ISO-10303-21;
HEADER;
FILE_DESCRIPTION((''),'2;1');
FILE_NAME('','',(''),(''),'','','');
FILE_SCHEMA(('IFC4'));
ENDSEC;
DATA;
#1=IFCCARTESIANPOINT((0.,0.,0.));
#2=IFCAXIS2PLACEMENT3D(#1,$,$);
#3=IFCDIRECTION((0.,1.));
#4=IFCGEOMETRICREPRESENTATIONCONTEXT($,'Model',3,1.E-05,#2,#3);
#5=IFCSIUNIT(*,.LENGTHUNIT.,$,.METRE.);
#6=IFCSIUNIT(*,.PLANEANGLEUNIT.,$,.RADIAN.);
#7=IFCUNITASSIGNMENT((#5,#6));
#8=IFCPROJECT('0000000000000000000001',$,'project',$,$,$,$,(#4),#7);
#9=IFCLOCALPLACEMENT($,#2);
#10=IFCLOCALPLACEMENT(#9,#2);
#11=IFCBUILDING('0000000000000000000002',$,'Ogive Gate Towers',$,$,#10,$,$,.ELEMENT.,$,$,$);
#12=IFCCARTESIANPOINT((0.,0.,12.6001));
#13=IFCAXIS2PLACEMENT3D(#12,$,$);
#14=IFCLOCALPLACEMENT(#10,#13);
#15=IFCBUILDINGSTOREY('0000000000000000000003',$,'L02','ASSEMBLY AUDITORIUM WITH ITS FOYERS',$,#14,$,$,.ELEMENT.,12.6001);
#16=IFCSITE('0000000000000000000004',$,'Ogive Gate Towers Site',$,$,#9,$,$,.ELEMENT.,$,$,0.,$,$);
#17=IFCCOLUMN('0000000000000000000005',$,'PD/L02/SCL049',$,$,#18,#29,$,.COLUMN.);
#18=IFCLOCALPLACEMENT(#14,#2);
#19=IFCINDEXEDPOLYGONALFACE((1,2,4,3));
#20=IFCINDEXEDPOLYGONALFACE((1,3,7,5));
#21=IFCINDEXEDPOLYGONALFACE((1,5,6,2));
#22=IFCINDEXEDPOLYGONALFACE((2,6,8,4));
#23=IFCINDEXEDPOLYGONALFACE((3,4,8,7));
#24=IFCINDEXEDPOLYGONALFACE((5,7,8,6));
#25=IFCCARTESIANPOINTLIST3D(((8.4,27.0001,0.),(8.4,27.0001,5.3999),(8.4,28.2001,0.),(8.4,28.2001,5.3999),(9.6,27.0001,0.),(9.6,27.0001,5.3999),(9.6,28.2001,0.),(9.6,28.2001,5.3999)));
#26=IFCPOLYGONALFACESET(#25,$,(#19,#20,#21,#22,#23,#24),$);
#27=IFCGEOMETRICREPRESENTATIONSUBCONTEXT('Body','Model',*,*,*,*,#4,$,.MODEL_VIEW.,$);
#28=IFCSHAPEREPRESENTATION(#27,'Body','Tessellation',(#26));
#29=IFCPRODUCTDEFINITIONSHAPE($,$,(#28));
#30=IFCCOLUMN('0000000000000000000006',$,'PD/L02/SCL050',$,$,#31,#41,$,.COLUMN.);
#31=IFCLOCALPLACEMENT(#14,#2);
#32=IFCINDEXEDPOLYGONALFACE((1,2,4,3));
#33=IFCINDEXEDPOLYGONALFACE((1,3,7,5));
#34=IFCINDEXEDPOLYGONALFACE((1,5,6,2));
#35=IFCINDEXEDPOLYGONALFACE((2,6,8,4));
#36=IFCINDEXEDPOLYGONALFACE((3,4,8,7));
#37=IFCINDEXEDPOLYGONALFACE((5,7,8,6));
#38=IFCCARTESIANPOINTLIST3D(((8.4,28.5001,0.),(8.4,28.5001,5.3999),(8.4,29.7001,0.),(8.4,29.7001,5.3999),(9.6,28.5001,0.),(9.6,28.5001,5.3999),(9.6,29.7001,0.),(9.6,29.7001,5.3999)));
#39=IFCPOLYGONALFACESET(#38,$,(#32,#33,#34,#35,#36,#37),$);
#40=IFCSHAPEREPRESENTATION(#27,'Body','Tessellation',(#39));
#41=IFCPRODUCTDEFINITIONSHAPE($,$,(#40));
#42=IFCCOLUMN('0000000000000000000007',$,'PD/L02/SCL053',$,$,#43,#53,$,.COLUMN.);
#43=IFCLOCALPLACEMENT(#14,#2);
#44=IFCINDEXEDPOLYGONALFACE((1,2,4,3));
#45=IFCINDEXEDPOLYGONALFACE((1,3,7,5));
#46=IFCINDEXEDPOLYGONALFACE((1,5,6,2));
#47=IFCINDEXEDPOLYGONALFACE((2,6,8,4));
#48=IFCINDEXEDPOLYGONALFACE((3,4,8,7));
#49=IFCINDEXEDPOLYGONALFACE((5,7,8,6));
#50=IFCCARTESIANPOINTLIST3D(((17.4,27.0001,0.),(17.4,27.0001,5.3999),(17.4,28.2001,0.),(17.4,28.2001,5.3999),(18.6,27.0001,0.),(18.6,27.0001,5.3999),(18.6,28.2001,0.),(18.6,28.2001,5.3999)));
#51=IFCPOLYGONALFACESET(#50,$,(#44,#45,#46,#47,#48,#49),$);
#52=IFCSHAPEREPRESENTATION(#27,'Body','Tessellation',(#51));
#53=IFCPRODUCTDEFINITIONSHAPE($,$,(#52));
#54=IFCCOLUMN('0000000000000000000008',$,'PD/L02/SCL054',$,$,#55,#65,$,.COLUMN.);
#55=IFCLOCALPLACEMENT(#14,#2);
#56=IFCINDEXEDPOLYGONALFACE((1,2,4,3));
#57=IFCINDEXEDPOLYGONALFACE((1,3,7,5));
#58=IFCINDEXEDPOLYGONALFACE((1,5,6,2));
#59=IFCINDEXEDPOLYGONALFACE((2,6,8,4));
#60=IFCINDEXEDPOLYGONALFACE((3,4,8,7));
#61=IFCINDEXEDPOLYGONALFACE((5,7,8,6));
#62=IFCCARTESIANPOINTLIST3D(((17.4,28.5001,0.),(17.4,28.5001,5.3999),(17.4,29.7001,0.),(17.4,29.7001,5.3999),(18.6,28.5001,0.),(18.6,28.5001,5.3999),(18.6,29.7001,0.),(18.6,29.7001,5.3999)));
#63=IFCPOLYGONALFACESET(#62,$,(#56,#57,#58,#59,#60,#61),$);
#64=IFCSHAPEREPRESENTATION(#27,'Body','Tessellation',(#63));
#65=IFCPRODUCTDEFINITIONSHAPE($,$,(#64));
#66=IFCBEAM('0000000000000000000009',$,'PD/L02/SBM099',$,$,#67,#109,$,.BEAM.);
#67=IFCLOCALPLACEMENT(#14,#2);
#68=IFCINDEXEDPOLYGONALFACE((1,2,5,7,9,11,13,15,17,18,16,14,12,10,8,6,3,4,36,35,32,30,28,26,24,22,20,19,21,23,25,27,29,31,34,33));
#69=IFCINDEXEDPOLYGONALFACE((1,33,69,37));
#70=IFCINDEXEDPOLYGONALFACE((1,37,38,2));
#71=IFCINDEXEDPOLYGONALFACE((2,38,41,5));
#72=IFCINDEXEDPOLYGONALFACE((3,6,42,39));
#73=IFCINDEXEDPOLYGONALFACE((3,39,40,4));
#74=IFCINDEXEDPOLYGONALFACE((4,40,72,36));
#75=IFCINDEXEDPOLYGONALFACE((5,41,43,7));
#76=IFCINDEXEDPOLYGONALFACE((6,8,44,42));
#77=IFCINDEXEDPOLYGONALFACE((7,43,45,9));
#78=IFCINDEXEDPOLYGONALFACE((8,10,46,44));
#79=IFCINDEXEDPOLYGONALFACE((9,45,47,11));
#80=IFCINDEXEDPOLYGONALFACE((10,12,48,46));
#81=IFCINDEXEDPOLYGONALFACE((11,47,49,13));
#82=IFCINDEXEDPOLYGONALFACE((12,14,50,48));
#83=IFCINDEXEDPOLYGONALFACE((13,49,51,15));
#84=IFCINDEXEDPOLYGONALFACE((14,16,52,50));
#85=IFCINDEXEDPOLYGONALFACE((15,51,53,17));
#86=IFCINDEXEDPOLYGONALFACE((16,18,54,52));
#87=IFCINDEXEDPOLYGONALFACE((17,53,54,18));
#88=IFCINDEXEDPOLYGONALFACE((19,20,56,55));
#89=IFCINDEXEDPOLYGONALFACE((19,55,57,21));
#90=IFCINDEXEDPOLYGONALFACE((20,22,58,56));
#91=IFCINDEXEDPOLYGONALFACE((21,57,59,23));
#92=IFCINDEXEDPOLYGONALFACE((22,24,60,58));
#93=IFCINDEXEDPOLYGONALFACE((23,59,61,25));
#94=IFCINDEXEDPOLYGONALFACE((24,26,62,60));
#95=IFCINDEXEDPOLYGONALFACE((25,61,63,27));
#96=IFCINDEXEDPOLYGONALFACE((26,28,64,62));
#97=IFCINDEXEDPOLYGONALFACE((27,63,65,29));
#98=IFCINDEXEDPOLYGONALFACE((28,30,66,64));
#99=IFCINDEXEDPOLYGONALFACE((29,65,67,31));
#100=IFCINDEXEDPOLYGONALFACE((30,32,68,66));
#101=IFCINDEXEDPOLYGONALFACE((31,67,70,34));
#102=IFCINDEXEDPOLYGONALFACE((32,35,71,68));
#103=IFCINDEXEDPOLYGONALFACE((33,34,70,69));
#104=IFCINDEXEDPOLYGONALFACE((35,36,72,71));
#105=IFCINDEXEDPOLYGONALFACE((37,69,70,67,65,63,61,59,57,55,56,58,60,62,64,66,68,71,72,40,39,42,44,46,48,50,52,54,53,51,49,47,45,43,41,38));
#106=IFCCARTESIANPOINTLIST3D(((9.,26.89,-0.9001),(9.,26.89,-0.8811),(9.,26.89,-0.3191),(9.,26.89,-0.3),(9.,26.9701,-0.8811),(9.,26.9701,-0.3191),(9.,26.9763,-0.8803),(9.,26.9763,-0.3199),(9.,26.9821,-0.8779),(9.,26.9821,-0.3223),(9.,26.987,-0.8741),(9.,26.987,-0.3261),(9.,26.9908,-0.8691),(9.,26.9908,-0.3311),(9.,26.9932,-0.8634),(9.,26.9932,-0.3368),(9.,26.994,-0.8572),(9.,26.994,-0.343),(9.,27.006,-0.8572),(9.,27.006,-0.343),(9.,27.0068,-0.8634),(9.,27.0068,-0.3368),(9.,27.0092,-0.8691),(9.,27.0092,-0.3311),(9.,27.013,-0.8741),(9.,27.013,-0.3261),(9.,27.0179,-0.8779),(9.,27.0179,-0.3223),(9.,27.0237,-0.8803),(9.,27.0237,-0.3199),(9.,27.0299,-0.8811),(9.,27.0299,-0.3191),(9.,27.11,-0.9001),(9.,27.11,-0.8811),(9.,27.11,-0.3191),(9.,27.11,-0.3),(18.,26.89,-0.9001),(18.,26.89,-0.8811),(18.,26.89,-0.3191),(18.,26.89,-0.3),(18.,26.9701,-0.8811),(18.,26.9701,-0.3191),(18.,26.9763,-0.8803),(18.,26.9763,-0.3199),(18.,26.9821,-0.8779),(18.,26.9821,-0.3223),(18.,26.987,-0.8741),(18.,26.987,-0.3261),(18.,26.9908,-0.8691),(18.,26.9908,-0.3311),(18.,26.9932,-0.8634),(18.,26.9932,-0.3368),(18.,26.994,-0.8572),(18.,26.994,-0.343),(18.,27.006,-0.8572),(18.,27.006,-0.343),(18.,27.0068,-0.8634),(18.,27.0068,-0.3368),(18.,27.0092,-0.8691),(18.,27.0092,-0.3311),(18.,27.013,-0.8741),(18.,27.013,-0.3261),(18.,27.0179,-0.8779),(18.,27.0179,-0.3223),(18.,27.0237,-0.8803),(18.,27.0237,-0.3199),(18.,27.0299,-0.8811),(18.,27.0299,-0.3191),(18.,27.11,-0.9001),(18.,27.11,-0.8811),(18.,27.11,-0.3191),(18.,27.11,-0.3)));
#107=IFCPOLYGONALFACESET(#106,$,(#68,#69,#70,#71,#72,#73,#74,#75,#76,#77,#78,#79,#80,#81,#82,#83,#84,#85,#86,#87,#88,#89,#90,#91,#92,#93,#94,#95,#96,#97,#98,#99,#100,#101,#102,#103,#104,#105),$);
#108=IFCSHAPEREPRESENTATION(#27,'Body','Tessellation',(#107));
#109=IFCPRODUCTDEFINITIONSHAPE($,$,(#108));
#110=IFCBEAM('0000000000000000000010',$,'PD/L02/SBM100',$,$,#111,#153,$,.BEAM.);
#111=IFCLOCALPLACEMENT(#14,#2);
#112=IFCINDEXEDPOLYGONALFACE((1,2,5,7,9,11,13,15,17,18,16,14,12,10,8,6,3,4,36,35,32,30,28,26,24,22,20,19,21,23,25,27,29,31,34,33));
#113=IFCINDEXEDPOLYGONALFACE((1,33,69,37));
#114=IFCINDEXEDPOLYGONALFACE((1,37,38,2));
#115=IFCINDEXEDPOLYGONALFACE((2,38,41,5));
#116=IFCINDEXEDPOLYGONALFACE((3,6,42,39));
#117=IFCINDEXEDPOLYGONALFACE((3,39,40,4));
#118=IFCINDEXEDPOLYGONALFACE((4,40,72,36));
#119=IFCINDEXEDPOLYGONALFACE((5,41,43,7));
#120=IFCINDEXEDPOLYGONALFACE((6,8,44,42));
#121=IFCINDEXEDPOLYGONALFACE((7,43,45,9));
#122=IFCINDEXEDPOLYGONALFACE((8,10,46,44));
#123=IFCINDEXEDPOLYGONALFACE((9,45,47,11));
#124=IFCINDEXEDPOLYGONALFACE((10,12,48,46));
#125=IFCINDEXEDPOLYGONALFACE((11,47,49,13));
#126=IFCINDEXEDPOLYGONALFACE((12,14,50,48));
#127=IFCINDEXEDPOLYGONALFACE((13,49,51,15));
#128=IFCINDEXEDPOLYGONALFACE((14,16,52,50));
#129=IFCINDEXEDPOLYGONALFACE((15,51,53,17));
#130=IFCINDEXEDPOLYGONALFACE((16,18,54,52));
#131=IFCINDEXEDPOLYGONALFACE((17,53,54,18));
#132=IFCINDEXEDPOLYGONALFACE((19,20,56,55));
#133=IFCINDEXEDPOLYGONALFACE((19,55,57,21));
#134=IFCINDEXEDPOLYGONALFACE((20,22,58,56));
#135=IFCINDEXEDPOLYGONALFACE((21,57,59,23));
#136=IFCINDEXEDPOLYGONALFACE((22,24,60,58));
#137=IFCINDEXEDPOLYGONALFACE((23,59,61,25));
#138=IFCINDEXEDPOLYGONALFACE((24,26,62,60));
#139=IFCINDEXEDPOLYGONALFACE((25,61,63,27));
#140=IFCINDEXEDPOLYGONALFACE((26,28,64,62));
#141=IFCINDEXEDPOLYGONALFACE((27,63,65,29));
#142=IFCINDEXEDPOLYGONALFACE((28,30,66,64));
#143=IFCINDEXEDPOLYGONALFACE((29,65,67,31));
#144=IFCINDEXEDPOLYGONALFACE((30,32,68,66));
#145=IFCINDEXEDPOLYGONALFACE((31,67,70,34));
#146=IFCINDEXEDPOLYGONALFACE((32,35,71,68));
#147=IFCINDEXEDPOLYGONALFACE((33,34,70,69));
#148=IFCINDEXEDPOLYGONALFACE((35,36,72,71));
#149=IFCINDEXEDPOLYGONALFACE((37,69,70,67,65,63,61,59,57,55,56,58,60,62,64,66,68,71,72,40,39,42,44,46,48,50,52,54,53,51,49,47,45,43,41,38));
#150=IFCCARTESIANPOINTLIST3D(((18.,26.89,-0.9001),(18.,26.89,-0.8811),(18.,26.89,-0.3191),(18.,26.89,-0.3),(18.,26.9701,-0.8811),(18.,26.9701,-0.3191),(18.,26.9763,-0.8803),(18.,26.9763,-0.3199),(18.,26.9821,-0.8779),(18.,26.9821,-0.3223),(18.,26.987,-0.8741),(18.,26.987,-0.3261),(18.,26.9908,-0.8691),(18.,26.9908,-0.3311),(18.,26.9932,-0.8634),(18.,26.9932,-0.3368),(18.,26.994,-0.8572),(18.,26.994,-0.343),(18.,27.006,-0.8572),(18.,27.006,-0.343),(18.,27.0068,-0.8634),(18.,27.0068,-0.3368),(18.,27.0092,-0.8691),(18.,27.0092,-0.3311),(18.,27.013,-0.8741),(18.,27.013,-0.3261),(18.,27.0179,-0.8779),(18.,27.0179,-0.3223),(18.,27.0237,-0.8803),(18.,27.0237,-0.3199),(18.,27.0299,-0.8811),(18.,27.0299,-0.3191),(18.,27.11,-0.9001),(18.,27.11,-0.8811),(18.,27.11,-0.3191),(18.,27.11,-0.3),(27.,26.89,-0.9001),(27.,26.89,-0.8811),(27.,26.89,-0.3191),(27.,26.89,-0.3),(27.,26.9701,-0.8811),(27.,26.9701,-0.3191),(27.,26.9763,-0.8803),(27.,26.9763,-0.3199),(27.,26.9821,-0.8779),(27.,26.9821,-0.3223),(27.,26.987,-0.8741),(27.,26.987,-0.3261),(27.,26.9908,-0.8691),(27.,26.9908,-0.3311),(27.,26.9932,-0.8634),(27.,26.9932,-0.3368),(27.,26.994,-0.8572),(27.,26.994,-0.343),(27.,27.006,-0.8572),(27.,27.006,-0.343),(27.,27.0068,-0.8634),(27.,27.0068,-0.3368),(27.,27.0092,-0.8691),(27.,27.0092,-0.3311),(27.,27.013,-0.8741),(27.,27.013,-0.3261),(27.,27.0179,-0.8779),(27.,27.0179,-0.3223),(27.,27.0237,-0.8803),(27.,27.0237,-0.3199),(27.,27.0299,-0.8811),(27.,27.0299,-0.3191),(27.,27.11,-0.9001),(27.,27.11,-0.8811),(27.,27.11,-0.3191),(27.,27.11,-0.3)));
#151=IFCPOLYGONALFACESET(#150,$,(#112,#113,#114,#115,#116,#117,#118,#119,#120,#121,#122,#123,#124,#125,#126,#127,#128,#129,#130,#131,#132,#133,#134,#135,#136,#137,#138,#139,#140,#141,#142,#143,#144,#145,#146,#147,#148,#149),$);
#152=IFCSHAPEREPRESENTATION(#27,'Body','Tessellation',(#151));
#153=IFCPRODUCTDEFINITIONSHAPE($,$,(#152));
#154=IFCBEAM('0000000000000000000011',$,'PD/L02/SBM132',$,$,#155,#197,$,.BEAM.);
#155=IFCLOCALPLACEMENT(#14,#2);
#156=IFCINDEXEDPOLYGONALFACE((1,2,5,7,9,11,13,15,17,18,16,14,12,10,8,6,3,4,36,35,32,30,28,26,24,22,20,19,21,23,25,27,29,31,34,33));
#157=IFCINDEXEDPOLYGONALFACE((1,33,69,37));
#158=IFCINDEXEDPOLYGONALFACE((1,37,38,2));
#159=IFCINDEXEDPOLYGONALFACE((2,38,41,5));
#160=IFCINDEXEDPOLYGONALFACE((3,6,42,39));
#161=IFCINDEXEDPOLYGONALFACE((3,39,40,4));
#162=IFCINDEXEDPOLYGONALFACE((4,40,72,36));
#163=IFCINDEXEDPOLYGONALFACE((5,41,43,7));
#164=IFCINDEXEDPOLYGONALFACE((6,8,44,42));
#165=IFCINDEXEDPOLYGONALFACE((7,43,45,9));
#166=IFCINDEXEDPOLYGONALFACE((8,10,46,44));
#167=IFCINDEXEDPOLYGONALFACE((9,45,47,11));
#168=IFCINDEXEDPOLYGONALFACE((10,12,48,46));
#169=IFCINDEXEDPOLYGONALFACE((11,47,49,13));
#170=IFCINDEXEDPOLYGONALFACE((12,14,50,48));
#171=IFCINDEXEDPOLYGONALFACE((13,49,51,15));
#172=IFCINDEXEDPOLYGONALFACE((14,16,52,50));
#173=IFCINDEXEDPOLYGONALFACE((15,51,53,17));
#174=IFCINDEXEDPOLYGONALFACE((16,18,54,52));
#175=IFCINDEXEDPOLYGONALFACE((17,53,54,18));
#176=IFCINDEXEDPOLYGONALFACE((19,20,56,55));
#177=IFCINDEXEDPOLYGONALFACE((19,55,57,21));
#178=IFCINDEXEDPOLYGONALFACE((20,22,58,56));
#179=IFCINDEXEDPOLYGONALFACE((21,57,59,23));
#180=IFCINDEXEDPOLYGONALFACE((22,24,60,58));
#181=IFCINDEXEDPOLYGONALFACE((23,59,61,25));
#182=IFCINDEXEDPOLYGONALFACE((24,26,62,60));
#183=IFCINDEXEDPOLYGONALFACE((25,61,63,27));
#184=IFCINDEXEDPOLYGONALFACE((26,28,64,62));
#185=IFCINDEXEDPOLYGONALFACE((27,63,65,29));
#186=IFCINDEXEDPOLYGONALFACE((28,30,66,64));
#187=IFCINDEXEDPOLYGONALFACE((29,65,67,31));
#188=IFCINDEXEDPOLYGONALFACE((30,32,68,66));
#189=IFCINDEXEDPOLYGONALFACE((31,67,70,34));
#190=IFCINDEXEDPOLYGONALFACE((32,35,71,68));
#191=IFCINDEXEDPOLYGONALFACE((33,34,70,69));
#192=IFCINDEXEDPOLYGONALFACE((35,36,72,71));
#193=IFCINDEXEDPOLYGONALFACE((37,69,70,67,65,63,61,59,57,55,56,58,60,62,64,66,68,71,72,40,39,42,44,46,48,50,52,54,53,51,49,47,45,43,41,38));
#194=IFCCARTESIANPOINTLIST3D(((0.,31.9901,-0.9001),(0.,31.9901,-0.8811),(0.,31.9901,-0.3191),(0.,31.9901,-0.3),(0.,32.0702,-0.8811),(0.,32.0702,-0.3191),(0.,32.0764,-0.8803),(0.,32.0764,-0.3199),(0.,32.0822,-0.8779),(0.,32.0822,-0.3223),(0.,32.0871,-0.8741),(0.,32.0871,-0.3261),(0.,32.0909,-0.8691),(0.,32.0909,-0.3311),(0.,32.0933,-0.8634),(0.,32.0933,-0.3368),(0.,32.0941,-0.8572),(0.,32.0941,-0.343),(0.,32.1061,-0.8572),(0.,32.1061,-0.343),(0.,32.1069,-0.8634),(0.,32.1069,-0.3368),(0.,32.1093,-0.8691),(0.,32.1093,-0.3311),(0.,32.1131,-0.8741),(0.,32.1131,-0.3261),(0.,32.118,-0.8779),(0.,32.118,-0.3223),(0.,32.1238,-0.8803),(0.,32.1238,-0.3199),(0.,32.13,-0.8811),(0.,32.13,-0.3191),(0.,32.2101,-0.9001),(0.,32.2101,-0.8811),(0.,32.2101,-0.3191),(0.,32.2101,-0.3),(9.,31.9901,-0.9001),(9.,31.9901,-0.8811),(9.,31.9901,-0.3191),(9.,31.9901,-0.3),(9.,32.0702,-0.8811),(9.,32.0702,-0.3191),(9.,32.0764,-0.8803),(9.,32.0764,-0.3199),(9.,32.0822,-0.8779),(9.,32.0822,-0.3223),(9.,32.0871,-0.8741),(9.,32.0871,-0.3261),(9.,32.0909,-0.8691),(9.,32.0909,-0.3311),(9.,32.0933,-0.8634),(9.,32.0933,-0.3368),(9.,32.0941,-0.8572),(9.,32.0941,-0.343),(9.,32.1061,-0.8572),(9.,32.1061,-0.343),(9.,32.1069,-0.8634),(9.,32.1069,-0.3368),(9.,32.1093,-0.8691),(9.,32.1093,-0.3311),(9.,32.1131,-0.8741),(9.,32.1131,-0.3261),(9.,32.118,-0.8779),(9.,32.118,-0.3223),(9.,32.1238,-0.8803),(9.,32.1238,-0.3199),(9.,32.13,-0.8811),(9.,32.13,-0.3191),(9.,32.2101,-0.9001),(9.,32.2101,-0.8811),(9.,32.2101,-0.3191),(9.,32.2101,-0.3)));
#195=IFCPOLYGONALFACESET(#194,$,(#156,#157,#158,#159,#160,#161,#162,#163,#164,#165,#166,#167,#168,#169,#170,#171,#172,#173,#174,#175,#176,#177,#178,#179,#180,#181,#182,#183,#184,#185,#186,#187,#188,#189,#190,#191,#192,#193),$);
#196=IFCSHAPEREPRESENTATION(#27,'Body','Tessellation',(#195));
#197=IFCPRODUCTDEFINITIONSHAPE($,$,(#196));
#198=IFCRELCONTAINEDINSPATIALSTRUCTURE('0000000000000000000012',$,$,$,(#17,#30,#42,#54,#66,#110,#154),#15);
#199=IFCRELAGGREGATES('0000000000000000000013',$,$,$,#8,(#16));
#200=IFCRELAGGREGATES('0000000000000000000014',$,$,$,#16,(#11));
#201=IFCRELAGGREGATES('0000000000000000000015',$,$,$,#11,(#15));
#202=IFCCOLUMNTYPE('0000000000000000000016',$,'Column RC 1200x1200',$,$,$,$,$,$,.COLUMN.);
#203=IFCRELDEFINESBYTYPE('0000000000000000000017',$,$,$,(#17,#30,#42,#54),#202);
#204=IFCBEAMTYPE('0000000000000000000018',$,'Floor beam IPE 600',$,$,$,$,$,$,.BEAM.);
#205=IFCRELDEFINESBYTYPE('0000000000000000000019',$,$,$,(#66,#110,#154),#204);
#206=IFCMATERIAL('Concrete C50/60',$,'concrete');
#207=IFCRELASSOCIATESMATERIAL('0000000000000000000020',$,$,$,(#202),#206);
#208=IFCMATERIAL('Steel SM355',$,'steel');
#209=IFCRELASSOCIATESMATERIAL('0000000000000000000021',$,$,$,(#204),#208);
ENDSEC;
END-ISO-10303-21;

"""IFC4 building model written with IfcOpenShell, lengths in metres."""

from ifc_helpers import new_model, si_unit, direction, frame, origin, origin_2d, place, context, subcontext, project, spatial, rectangle, i_section, extrude, material, material_profile, profile_set, type_object, element, save


model = new_model("IFC4")

# Units and contexts
model_context = context("Model", 3, precision=1e-05, world=origin(), true_north=direction((0.0, 1.0)))
body_context = subcontext(model_context, "Body", "Model", "MODEL_VIEW")
ifc_project = project(units=[si_unit("LENGTHUNIT", "METRE"), si_unit("PLANEANGLEUNIT", "RADIAN")], contexts=[model_context])

# Site, building, storey
site_placement = place(None, origin())
site = spatial("IfcSite", under=ifc_project, at=site_placement, Name="Ogive Gate Towers Site", CompositionType="ELEMENT", RefElevation=0.0)
building_placement = place(site_placement, origin())
building = spatial("IfcBuilding", under=site, at=building_placement, Name="Ogive Gate Towers", CompositionType="ELEMENT")
storey_placement = place(building_placement, frame((0.0, 0.0, 12.6001)))
storey = spatial("IfcBuildingStorey", under=building, at=storey_placement, Name="L02", Description="ASSEMBLY AUDITORIUM WITH ITS FOYERS", CompositionType="ELEMENT", Elevation=12.6001)

# Columns
ifc_material_1 = material(Name="Concrete C50/60", Category="concrete")
ifc_material_profile_1 = material_profile(ifc_material_1, rectangle(XDim=1.2, YDim=1.2, at=origin_2d()), Name="RC 1200x1200")
ifc_profile_set_1 = profile_set([ifc_material_profile_1], Name="Concrete C50/60")
column_type = type_object("IfcColumnType", Name="Column RC 1200x1200", PredefinedType="COLUMN", material=ifc_profile_set_1)
for number, where, z_axis, x_axis, name in (
    (1, (9.0, 27.6001, 0.0), (0.0, 0.0, 1.0), (1.0, 0.0, 0.0), "PD/L02/SCL049"),
    (2, (9.0, 29.1001, 0.0), (0.0, 0.0, 1.0), (1.0, 0.0, 0.0), "PD/L02/SCL050"),
    (3, (18.0, 27.6001, 0.0), (0.0, 0.0, 1.0), (1.0, 0.0, 0.0), "PD/L02/SCL053"),
    (4, (18.0, 29.1001, 0.0), (0.0, 0.0, 1.0), (1.0, 0.0, 0.0), "PD/L02/SCL054"),
):
    element("IfcColumn", number, at=place(storey_placement, frame(where, z_axis=z_axis, x_axis=x_axis)), inside=storey, type_object=column_type, Name=name, PredefinedType="COLUMN", context=body_context, shape_type="SweptSolid", body=[
        extrude(rectangle(XDim=1.2, YDim=1.2, at=origin_2d()), origin(), (0.0, 0.0, 1.0), 5.3999),
    ])

# Beams
ifc_material_2 = material(Name="Steel SM355", Category="steel")
ifc_material_profile_2 = material_profile(ifc_material_2, i_section(OverallWidth=0.22, OverallDepth=0.6001, WebThickness=0.012, FlangeThickness=0.019, FilletRadius=0.0239, at=origin_2d()), Name="IPE 600")
ifc_profile_set_2 = profile_set([ifc_material_profile_2], Name="Steel SM355")
beam_type_1 = type_object("IfcBeamType", Name="Floor beam IPE 600", PredefinedType="BEAM", material=ifc_profile_set_2)
for number, where, z_axis, x_axis, name in (
    (5, (9.0, 27.0, -0.6001), (1.0, 0.0, 0.0), (0.0, 1.0, 0.0), "PD/L02/SBM099"),
    (6, (18.0, 27.0, -0.6001), (1.0, 0.0, 0.0), (0.0, 1.0, 0.0), "PD/L02/SBM100"),
    (7, (0.0, 32.1001, -0.6001), (1.0, 0.0, 0.0), (0.0, 1.0, 0.0), "PD/L02/SBM132"),
):
    element("IfcBeam", number, at=place(storey_placement, frame(where, z_axis=z_axis, x_axis=x_axis)), inside=storey, type_object=beam_type_1, Name=name, PredefinedType="BEAM", context=body_context, shape_type="SweptSolid", body=[
        extrude(i_section(OverallWidth=0.22, OverallDepth=0.6001, WebThickness=0.012, FlangeThickness=0.019, FilletRadius=0.0239, at=origin_2d()), origin(), (0.0, 0.0, 1.0), 9.0),
    ])

save(model, "model.ifc")
